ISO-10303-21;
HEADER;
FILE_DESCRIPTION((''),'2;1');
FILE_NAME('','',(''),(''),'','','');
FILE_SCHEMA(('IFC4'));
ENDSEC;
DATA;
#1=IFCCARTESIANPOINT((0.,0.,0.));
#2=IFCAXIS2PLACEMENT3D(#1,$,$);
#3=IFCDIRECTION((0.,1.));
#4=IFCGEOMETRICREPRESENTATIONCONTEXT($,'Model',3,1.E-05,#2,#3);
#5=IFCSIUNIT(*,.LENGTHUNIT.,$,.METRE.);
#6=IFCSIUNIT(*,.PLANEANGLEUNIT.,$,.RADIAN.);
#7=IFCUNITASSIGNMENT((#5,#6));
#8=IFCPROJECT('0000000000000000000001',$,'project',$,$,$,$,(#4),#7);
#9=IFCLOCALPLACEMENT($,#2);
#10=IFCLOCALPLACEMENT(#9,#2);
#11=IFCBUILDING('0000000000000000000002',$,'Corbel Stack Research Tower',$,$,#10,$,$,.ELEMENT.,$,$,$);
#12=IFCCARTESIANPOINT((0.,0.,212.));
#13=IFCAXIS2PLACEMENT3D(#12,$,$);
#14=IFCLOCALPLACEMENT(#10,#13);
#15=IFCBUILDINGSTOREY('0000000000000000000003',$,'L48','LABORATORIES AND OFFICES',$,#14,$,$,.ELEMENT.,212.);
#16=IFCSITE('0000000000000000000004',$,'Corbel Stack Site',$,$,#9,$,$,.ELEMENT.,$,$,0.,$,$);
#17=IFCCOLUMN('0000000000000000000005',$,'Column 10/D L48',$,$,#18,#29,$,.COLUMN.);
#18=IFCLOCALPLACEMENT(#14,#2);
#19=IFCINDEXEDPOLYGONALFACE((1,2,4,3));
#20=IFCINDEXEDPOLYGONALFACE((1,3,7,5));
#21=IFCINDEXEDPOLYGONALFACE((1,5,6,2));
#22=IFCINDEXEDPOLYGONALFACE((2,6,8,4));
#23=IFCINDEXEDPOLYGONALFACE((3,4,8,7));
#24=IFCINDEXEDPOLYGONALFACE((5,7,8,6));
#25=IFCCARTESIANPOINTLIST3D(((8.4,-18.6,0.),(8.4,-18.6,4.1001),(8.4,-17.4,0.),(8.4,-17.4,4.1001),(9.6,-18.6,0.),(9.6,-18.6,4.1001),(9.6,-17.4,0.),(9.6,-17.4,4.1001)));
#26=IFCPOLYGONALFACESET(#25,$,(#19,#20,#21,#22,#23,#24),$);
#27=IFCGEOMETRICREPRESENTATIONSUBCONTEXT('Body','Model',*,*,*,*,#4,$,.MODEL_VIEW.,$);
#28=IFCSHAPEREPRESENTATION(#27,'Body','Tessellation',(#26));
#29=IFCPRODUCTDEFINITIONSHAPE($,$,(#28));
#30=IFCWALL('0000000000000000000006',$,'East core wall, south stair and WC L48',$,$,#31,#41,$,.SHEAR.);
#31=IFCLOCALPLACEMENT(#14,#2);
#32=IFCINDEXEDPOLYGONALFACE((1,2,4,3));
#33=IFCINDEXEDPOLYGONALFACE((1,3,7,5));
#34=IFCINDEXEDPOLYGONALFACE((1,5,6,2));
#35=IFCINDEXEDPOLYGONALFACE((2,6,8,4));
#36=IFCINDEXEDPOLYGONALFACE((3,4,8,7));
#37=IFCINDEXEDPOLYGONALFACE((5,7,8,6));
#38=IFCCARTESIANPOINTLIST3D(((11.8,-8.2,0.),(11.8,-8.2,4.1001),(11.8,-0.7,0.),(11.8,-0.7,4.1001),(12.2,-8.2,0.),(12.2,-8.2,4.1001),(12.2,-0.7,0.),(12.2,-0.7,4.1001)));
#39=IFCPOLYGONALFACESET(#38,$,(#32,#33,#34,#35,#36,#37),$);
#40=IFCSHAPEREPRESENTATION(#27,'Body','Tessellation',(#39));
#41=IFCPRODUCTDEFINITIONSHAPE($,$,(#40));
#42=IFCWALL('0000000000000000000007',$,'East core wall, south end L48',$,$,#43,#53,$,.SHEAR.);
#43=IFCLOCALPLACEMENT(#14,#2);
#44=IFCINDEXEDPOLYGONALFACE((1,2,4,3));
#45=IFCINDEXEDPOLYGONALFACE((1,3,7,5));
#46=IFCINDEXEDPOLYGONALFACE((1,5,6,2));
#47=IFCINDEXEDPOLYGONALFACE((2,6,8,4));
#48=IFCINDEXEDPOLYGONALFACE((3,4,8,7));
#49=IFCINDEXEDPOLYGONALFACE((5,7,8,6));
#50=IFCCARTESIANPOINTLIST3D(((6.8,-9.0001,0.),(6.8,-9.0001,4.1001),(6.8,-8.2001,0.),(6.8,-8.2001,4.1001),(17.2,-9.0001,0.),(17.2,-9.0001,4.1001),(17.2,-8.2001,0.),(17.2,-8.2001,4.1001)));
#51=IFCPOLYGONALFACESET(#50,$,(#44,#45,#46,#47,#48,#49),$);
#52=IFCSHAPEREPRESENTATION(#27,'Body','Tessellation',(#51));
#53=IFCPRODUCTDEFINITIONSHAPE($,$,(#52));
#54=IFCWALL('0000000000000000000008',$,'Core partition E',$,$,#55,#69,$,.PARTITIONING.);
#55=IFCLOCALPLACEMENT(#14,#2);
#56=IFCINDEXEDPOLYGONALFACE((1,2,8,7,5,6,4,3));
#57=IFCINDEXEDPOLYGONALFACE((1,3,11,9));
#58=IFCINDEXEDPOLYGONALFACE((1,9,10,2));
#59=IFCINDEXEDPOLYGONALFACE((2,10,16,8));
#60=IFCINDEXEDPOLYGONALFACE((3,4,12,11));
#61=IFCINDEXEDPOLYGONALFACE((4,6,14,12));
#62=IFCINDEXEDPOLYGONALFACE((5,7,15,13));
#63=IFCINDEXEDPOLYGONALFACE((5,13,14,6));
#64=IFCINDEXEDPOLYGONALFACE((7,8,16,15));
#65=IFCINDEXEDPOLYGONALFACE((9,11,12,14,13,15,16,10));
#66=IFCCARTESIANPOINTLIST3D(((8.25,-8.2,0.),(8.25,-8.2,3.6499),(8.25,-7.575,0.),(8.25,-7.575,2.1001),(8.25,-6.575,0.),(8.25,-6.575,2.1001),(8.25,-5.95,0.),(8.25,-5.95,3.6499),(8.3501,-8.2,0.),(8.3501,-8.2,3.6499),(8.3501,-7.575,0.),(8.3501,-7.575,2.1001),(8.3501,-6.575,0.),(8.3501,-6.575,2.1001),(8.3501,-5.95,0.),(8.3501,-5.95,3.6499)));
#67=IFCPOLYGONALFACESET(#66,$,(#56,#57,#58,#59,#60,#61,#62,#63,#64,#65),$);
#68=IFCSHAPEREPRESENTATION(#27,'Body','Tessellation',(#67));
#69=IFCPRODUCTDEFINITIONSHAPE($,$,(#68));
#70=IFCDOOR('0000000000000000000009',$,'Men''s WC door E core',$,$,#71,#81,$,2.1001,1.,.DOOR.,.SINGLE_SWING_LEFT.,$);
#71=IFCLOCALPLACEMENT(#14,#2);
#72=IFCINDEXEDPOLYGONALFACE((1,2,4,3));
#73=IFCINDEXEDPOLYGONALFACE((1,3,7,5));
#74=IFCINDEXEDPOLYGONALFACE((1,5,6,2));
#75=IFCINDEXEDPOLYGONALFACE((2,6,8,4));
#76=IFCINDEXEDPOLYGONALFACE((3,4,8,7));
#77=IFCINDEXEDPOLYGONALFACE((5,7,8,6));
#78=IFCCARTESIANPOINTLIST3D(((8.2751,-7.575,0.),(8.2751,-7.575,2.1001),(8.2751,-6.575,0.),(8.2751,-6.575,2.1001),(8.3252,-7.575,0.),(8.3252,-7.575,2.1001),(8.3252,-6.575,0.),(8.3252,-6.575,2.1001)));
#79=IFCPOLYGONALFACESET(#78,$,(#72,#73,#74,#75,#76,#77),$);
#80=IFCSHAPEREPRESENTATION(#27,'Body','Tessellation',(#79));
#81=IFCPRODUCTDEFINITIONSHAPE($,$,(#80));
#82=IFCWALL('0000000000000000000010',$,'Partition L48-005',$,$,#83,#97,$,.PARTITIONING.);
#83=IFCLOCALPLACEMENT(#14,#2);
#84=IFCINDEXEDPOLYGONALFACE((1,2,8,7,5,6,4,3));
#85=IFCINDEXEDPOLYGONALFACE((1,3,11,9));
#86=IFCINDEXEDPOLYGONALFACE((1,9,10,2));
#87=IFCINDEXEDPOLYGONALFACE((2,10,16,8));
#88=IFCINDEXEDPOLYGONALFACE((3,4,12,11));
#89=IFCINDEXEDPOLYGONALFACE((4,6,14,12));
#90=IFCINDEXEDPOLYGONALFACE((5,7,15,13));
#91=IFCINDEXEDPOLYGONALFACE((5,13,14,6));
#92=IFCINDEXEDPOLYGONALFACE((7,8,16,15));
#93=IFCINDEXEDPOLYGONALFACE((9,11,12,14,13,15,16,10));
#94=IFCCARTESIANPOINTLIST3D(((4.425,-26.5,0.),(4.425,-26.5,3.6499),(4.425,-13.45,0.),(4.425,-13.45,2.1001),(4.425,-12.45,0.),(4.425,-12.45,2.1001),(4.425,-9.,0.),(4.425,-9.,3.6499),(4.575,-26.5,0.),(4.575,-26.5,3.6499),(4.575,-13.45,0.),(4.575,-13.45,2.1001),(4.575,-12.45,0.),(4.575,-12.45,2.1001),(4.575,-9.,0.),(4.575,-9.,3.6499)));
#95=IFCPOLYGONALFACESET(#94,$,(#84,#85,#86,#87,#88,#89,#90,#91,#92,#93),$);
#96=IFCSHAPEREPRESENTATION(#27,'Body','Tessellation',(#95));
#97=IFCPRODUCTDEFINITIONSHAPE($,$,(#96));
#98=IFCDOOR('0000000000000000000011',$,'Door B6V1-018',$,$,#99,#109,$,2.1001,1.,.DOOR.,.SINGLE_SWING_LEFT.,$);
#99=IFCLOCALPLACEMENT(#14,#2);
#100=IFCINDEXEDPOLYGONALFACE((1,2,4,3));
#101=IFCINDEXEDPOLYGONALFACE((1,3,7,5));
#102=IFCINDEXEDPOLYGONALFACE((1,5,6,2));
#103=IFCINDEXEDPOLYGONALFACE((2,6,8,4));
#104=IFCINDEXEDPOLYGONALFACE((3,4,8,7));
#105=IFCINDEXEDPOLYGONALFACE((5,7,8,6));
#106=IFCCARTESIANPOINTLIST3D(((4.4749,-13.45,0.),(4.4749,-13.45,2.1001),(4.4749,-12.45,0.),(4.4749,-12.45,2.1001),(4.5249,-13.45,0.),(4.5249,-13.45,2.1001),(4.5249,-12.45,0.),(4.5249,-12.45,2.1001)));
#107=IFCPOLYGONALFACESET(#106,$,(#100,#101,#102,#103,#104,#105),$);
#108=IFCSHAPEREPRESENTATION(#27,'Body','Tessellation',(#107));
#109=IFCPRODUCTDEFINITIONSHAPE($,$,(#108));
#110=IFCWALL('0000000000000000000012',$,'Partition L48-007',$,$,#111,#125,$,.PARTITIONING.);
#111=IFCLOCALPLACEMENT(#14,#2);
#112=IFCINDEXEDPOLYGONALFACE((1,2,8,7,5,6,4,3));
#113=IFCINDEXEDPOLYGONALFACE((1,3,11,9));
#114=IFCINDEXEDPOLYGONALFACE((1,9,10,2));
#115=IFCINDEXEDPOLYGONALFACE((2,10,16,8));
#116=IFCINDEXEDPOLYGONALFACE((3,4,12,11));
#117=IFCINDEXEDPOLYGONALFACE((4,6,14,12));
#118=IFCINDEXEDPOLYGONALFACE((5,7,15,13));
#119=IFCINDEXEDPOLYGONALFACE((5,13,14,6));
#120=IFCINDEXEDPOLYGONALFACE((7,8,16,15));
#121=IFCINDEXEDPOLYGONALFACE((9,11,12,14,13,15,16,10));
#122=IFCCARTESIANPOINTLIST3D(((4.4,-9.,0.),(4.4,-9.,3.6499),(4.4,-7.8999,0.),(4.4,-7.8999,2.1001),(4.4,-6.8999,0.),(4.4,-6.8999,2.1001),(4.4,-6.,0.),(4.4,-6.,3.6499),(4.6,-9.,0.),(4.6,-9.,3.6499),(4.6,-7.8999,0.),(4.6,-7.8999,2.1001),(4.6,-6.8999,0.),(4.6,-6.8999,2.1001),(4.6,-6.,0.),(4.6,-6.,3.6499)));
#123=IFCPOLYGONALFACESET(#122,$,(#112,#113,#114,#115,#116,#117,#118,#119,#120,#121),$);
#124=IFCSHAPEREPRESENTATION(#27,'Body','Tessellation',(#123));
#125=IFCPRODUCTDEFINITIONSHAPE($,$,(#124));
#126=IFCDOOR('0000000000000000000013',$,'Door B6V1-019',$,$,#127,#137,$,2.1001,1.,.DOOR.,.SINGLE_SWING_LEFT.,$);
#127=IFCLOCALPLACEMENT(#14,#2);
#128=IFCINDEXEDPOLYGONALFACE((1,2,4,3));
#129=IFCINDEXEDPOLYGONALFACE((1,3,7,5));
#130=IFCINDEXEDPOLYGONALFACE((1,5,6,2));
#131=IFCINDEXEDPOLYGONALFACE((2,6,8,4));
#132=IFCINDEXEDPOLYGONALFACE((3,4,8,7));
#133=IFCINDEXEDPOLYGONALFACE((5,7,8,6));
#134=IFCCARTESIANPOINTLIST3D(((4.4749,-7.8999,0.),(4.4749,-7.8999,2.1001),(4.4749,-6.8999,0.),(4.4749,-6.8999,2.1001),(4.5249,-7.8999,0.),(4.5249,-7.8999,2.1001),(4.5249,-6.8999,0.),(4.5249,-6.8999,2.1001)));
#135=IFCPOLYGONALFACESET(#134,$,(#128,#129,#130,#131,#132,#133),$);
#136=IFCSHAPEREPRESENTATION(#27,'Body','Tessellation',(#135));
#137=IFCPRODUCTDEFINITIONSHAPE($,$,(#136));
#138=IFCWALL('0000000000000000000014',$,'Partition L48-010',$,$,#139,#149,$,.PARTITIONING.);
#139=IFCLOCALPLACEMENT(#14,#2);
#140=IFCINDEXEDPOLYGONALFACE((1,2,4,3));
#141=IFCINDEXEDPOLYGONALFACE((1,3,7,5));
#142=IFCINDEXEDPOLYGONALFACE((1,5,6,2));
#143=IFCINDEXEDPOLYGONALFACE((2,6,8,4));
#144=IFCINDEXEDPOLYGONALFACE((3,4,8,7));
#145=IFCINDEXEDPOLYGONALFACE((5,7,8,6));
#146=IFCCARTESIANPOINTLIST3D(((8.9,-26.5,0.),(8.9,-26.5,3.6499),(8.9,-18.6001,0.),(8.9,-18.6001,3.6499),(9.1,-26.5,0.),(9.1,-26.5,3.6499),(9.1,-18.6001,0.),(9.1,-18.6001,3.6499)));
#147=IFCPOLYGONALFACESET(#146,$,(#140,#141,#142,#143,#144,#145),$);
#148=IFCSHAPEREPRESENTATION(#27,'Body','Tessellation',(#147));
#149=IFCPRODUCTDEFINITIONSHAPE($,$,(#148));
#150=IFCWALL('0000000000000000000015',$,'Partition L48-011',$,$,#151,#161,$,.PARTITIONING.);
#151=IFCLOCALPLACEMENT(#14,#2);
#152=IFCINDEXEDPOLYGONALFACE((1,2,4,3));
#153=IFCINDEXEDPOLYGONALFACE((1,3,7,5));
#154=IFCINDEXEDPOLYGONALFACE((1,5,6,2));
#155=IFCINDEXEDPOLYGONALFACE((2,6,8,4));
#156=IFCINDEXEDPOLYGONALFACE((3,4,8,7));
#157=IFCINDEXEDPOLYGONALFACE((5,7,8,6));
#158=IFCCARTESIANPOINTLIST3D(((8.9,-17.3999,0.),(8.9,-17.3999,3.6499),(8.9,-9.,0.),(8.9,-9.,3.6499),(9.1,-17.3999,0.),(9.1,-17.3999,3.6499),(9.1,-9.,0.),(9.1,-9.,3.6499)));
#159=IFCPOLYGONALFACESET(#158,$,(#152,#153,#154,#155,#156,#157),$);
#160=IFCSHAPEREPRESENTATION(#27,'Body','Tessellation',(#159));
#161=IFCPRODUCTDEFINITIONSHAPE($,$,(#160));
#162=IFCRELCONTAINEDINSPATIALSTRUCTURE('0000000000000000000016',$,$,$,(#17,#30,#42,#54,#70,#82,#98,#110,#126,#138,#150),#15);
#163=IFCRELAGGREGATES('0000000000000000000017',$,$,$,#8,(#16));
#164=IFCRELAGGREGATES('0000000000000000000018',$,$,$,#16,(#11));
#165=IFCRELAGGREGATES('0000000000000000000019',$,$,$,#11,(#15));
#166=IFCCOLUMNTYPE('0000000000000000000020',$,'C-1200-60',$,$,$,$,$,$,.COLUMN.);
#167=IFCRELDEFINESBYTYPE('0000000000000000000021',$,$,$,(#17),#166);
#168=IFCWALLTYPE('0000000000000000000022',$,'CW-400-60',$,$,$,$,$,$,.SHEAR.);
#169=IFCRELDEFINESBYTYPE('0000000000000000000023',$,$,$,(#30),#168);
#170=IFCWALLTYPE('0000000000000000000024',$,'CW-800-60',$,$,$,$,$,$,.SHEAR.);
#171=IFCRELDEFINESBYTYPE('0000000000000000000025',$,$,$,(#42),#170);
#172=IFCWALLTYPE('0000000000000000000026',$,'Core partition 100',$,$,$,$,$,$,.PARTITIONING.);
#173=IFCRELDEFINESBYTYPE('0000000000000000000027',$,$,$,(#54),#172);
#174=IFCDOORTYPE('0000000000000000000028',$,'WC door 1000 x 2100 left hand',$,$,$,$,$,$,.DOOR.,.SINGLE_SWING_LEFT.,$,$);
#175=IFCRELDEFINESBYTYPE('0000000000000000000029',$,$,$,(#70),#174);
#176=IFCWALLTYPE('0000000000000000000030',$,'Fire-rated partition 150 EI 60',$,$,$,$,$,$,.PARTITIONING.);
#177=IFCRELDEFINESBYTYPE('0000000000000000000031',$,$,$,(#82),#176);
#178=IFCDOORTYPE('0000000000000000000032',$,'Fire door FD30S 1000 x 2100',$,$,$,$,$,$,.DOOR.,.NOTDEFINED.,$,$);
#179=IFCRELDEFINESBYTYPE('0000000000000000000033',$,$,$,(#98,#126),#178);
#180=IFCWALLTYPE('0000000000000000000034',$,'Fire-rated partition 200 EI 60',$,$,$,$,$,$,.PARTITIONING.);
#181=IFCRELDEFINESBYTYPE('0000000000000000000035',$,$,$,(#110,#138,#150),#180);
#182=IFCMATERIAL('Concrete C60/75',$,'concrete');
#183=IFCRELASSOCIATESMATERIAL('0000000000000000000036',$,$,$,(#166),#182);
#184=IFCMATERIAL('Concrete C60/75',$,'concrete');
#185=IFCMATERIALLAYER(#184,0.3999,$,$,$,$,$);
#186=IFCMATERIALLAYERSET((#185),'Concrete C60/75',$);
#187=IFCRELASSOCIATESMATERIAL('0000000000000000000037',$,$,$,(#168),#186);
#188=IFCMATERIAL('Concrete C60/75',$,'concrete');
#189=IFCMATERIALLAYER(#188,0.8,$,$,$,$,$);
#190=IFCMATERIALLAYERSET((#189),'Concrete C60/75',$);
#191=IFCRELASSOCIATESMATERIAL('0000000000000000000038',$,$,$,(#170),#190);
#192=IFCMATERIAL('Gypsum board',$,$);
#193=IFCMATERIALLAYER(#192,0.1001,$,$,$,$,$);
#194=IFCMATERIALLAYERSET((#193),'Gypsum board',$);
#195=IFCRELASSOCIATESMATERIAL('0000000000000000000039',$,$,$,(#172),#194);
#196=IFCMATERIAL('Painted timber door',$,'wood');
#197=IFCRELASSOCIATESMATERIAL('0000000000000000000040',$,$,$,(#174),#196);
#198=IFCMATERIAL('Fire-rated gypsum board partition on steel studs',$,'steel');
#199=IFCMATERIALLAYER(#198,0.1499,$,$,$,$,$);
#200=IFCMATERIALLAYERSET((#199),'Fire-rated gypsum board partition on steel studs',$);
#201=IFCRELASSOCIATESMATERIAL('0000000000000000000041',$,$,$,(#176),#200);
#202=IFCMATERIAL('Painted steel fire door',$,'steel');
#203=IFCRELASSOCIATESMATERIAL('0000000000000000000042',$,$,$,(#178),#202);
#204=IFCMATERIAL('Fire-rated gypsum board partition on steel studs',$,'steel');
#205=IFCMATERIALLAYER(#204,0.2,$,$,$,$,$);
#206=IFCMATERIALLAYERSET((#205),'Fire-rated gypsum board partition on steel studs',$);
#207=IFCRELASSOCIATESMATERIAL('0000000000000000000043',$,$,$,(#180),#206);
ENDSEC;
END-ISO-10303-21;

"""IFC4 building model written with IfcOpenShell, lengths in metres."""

from ifc_helpers import new_model, si_unit, direction, frame, frame_2d, origin, origin_2d, place, context, subcontext, project, spatial, rectangle, extrude, material, layer, layer_set, material_profile, profile_set, type_object, element, fill, save


model = new_model("IFC4")

# Units and contexts
model_context = context("Model", 3, precision=1e-05, world=origin(), true_north=direction((0.0, 1.0)))
body_context = subcontext(model_context, "Body", "Model", "MODEL_VIEW")
ifc_project = project(units=[si_unit("LENGTHUNIT", "METRE"), si_unit("PLANEANGLEUNIT", "RADIAN")], contexts=[model_context])

# Site, building, storey
site_placement = place(None, origin())
site = spatial("IfcSite", under=ifc_project, at=site_placement, Name="Corbel Stack Site", CompositionType="ELEMENT", RefElevation=0.0)
building_placement = place(site_placement, origin())
building = spatial("IfcBuilding", under=site, at=building_placement, Name="Corbel Stack Research Tower", CompositionType="ELEMENT")
storey_placement = place(building_placement, frame((0.0, 0.0, 212.0)))
storey = spatial("IfcBuildingStorey", under=building, at=storey_placement, Name="L48", Description="LABORATORIES AND OFFICES", CompositionType="ELEMENT", Elevation=212.0)

# Column
ifc_material_1 = material(Name="Concrete C60/75", Category="concrete")
ifc_material_profile = material_profile(ifc_material_1, rectangle(XDim=1.2, YDim=1.2, at=origin_2d()), Name="RC 1200 x 1200")
ifc_profile_set = profile_set([ifc_material_profile], Name="Concrete C60/75")
column_type = type_object("IfcColumnType", Name="C-1200-60", PredefinedType="COLUMN", material=ifc_profile_set)
column_placement = place(storey_placement, frame((9.0, -18.0, 0.0), z_axis=(0.0, 0.0, 1.0), x_axis=(1.0, 0.0, 0.0)))
element("IfcColumn", 1, at=column_placement, inside=storey, type_object=column_type, Name="Column 10/D L48", PredefinedType="COLUMN", context=body_context, shape_type="SweptSolid", body=[
    extrude(rectangle(XDim=1.2, YDim=1.2, at=origin_2d()), origin(), (0.0, 0.0, 1.0), 4.1001),
])

# Wall
ifc_material_2 = material(Name="Concrete C60/75", Category="concrete")
ifc_layer_1 = layer(ifc_material_2, 0.3999)
ifc_layer_set_1 = layer_set([ifc_layer_1], Name="Concrete C60/75")
wall_type_1 = type_object("IfcWallType", Name="CW-400-60", PredefinedType="SHEAR", material=ifc_layer_set_1)
wall_1_placement = place(storey_placement, frame((12.0, -8.2, 0.0), z_axis=(0.0, 0.0, 1.0), x_axis=(0.0, 1.0, 0.0)))
element("IfcWall", 2, at=wall_1_placement, inside=storey, type_object=wall_type_1, Name="East core wall, south stair and WC L48", PredefinedType="SHEAR", context=body_context, shape_type="SweptSolid", body=[
    extrude(rectangle(XDim=7.5, YDim=0.3999, at=frame_2d((3.75, 0.0))), origin(), (0.0, 0.0, 1.0), 4.1001),
])

# Shared definitions
ifc_material_3 = material(Name="Concrete C60/75", Category="concrete")
ifc_layer_2 = layer(ifc_material_3, 0.8)
ifc_layer_set_2 = layer_set([ifc_layer_2], Name="Concrete C60/75")
wall_type_2 = type_object("IfcWallType", Name="CW-800-60", PredefinedType="SHEAR", material=ifc_layer_set_2)

# Wall
wall_2_placement = place(storey_placement, frame((6.8, -8.6001, 0.0), z_axis=(0.0, 0.0, 1.0), x_axis=(1.0, 0.0, 0.0)))
element("IfcWall", 3, at=wall_2_placement, inside=storey, type_object=wall_type_2, Name="East core wall, south end L48", PredefinedType="SHEAR", context=body_context, shape_type="SweptSolid", body=[
    extrude(rectangle(XDim=10.3999, YDim=0.8, at=frame_2d((5.2, 0.0))), origin(), (0.0, 0.0, 1.0), 4.1001),
])

# Walls, openings, doors
ifc_material_4 = material(Name="Gypsum board")
ifc_layer_3 = layer(ifc_material_4, 0.1001)
ifc_layer_set_3 = layer_set([ifc_layer_3], Name="Gypsum board")
wall_type_3 = type_object("IfcWallType", Name="Core partition 100", PredefinedType="PARTITIONING", material=ifc_layer_set_3)
wall_3_placement = place(storey_placement, frame((8.3, -8.2, 0.0), z_axis=(0.0, 0.0, 1.0), x_axis=(0.0, 1.0, 0.0)))
wall_3 = element("IfcWall", 4, at=wall_3_placement, inside=storey, type_object=wall_type_3, Name="Core partition E", PredefinedType="PARTITIONING", context=body_context, shape_type="SweptSolid", body=[
    extrude(rectangle(XDim=2.25, YDim=0.1001, at=frame_2d((1.125, 0.0))), origin(), (0.0, 0.0, 1.0), 3.6499),
])
opening_1_placement = place(wall_3_placement, frame((0.625, 0.0, 0.0)))
opening_1 = element("IfcOpeningElement", 5, at=opening_1_placement, cuts=wall_3, PredefinedType="OPENING", context=body_context, shape_type="SweptSolid", body=[
    extrude(rectangle(XDim=1.0, YDim=2.1001, at=frame_2d((0.5, 1.05))), frame((0.0, 0.0601, 0.0), z_axis=(0.0, -1.0, 0.0), x_axis=(1.0, 0.0, 0.0)), (0.0, 0.0, 1.0), 0.1201),
])
ifc_material_5 = material(Name="Painted timber door", Category="wood")
door_type_1 = type_object("IfcDoorType", Name="WC door 1000 x 2100 left hand", OperationType="SINGLE_SWING_LEFT", PredefinedType="DOOR", material=ifc_material_5)
door_1_placement = place(opening_1_placement, origin())
door_1 = element("IfcDoor", 6, at=door_1_placement, inside=storey, type_object=door_type_1, Name="Men's WC door E core", OperationType="SINGLE_SWING_LEFT", OverallHeight=2.1001, OverallWidth=1.0, PredefinedType="DOOR", context=body_context, shape_type="SweptSolid", body=[
    extrude(rectangle(XDim=1.0, YDim=2.1001, at=frame_2d((0.5, 1.05))), frame((0.0, 0.0249, 0.0), z_axis=(0.0, -1.0, 0.0), x_axis=(1.0, 0.0, 0.0)), (0.0, 0.0, 1.0), 0.05),
])
fill(opening_1, door_1)
ifc_material_6 = material(Name="Fire-rated gypsum board partition on steel studs", Category="steel")
ifc_layer_4 = layer(ifc_material_6, 0.1499)
ifc_layer_set_4 = layer_set([ifc_layer_4], Name="Fire-rated gypsum board partition on steel studs")
wall_type_4 = type_object("IfcWallType", Name="Fire-rated partition 150 EI 60", PredefinedType="PARTITIONING", material=ifc_layer_set_4)
wall_4_placement = place(storey_placement, frame((4.5, -9.0, 0.0), z_axis=(0.0, 0.0, 1.0), x_axis=(0.0, -1.0, 0.0)))
wall_4 = element("IfcWall", 7, at=wall_4_placement, inside=storey, type_object=wall_type_4, Name="Partition L48-005", PredefinedType="PARTITIONING", context=body_context, shape_type="SweptSolid", body=[
    extrude(rectangle(XDim=17.5, YDim=0.1499, at=frame_2d((8.75, 0.0))), origin(), (0.0, 0.0, 1.0), 3.6499),
])
opening_2_placement = place(wall_4_placement, frame((3.45, 0.0, 0.0)))
opening_2 = element("IfcOpeningElement", 8, at=opening_2_placement, cuts=wall_4, PredefinedType="OPENING", context=body_context, shape_type="SweptSolid", body=[
    extrude(rectangle(XDim=1.0, YDim=2.1001, at=frame_2d((0.5, 1.05))), frame((0.0, 0.085, 0.0), z_axis=(0.0, -1.0, 0.0), x_axis=(1.0, 0.0, 0.0)), (0.0, 0.0, 1.0), 0.1699),
])
ifc_material_7 = material(Name="Painted steel fire door", Category="steel")
door_type_2 = type_object("IfcDoorType", Name="Fire door FD30S 1000 x 2100", OperationType="NOTDEFINED", PredefinedType="DOOR", material=ifc_material_7)
door_2_placement = place(opening_2_placement, origin())
door_2 = element("IfcDoor", 9, at=door_2_placement, inside=storey, type_object=door_type_2, Name="Door B6V1-018", OperationType="SINGLE_SWING_LEFT", OverallHeight=2.1001, OverallWidth=1.0, PredefinedType="DOOR", context=body_context, shape_type="SweptSolid", body=[
    extrude(rectangle(XDim=1.0, YDim=2.1001, at=frame_2d((0.5, 1.05))), frame((0.0, 0.0249, 0.0), z_axis=(0.0, -1.0, 0.0), x_axis=(1.0, 0.0, 0.0)), (0.0, 0.0, 1.0), 0.05),
])
fill(opening_2, door_2)
ifc_material_8 = material(Name="Fire-rated gypsum board partition on steel studs", Category="steel")
ifc_layer_5 = layer(ifc_material_8, 0.2)
ifc_layer_set_5 = layer_set([ifc_layer_5], Name="Fire-rated gypsum board partition on steel studs")
wall_type_5 = type_object("IfcWallType", Name="Fire-rated partition 200 EI 60", PredefinedType="PARTITIONING", material=ifc_layer_set_5)
wall_5_placement = place(storey_placement, frame((4.5, -6.0, 0.0), z_axis=(0.0, 0.0, 1.0), x_axis=(0.0, -1.0, 0.0)))
wall_5 = element("IfcWall", 10, at=wall_5_placement, inside=storey, type_object=wall_type_5, Name="Partition L48-007", PredefinedType="PARTITIONING", context=body_context, shape_type="SweptSolid", body=[
    extrude(rectangle(XDim=3.0, YDim=0.2, at=frame_2d((1.5, 0.0))), origin(), (0.0, 0.0, 1.0), 3.6499),
])
opening_3_placement = place(wall_5_placement, frame((0.8999, 0.0, 0.0)))
opening_3 = element("IfcOpeningElement", 11, at=opening_3_placement, cuts=wall_5, PredefinedType="OPENING", context=body_context, shape_type="SweptSolid", body=[
    extrude(rectangle(XDim=1.0, YDim=2.1001, at=frame_2d((0.5, 1.05))), frame((0.0, 0.1099, 0.0), z_axis=(0.0, -1.0, 0.0), x_axis=(1.0, 0.0, 0.0)), (0.0, 0.0, 1.0), 0.22),
])
door_3_placement = place(opening_3_placement, origin())
door_3 = element("IfcDoor", 12, at=door_3_placement, inside=storey, type_object=door_type_2, Name="Door B6V1-019", OperationType="SINGLE_SWING_LEFT", OverallHeight=2.1001, OverallWidth=1.0, PredefinedType="DOOR", context=body_context, shape_type="SweptSolid", body=[
    extrude(rectangle(XDim=1.0, YDim=2.1001, at=frame_2d((0.5, 1.05))), frame((0.0, 0.0249, 0.0), z_axis=(0.0, -1.0, 0.0), x_axis=(1.0, 0.0, 0.0)), (0.0, 0.0, 1.0), 0.05),
])
fill(opening_3, door_3)

# Walls
wall_6_placement = place(storey_placement, frame((9.0, -26.5, 0.0), z_axis=(0.0, 0.0, 1.0), x_axis=(0.0, 1.0, 0.0)))
element("IfcWall", 13, at=wall_6_placement, inside=storey, type_object=wall_type_5, Name="Partition L48-010", PredefinedType="PARTITIONING", context=body_context, shape_type="SweptSolid", body=[
    extrude(rectangle(XDim=7.8999, YDim=0.2, at=frame_2d((3.95, 0.0))), origin(), (0.0, 0.0, 1.0), 3.6499),
])
wall_7_placement = place(storey_placement, frame((9.0, -17.3999, 0.0), z_axis=(0.0, 0.0, 1.0), x_axis=(0.0, 1.0, 0.0)))
element("IfcWall", 14, at=wall_7_placement, inside=storey, type_object=wall_type_5, Name="Partition L48-011", PredefinedType="PARTITIONING", context=body_context, shape_type="SweptSolid", body=[
    extrude(rectangle(XDim=8.3999, YDim=0.2, at=frame_2d((4.2, 0.0))), origin(), (0.0, 0.0, 1.0), 3.6499),
])

save(model, "model.ifc")
